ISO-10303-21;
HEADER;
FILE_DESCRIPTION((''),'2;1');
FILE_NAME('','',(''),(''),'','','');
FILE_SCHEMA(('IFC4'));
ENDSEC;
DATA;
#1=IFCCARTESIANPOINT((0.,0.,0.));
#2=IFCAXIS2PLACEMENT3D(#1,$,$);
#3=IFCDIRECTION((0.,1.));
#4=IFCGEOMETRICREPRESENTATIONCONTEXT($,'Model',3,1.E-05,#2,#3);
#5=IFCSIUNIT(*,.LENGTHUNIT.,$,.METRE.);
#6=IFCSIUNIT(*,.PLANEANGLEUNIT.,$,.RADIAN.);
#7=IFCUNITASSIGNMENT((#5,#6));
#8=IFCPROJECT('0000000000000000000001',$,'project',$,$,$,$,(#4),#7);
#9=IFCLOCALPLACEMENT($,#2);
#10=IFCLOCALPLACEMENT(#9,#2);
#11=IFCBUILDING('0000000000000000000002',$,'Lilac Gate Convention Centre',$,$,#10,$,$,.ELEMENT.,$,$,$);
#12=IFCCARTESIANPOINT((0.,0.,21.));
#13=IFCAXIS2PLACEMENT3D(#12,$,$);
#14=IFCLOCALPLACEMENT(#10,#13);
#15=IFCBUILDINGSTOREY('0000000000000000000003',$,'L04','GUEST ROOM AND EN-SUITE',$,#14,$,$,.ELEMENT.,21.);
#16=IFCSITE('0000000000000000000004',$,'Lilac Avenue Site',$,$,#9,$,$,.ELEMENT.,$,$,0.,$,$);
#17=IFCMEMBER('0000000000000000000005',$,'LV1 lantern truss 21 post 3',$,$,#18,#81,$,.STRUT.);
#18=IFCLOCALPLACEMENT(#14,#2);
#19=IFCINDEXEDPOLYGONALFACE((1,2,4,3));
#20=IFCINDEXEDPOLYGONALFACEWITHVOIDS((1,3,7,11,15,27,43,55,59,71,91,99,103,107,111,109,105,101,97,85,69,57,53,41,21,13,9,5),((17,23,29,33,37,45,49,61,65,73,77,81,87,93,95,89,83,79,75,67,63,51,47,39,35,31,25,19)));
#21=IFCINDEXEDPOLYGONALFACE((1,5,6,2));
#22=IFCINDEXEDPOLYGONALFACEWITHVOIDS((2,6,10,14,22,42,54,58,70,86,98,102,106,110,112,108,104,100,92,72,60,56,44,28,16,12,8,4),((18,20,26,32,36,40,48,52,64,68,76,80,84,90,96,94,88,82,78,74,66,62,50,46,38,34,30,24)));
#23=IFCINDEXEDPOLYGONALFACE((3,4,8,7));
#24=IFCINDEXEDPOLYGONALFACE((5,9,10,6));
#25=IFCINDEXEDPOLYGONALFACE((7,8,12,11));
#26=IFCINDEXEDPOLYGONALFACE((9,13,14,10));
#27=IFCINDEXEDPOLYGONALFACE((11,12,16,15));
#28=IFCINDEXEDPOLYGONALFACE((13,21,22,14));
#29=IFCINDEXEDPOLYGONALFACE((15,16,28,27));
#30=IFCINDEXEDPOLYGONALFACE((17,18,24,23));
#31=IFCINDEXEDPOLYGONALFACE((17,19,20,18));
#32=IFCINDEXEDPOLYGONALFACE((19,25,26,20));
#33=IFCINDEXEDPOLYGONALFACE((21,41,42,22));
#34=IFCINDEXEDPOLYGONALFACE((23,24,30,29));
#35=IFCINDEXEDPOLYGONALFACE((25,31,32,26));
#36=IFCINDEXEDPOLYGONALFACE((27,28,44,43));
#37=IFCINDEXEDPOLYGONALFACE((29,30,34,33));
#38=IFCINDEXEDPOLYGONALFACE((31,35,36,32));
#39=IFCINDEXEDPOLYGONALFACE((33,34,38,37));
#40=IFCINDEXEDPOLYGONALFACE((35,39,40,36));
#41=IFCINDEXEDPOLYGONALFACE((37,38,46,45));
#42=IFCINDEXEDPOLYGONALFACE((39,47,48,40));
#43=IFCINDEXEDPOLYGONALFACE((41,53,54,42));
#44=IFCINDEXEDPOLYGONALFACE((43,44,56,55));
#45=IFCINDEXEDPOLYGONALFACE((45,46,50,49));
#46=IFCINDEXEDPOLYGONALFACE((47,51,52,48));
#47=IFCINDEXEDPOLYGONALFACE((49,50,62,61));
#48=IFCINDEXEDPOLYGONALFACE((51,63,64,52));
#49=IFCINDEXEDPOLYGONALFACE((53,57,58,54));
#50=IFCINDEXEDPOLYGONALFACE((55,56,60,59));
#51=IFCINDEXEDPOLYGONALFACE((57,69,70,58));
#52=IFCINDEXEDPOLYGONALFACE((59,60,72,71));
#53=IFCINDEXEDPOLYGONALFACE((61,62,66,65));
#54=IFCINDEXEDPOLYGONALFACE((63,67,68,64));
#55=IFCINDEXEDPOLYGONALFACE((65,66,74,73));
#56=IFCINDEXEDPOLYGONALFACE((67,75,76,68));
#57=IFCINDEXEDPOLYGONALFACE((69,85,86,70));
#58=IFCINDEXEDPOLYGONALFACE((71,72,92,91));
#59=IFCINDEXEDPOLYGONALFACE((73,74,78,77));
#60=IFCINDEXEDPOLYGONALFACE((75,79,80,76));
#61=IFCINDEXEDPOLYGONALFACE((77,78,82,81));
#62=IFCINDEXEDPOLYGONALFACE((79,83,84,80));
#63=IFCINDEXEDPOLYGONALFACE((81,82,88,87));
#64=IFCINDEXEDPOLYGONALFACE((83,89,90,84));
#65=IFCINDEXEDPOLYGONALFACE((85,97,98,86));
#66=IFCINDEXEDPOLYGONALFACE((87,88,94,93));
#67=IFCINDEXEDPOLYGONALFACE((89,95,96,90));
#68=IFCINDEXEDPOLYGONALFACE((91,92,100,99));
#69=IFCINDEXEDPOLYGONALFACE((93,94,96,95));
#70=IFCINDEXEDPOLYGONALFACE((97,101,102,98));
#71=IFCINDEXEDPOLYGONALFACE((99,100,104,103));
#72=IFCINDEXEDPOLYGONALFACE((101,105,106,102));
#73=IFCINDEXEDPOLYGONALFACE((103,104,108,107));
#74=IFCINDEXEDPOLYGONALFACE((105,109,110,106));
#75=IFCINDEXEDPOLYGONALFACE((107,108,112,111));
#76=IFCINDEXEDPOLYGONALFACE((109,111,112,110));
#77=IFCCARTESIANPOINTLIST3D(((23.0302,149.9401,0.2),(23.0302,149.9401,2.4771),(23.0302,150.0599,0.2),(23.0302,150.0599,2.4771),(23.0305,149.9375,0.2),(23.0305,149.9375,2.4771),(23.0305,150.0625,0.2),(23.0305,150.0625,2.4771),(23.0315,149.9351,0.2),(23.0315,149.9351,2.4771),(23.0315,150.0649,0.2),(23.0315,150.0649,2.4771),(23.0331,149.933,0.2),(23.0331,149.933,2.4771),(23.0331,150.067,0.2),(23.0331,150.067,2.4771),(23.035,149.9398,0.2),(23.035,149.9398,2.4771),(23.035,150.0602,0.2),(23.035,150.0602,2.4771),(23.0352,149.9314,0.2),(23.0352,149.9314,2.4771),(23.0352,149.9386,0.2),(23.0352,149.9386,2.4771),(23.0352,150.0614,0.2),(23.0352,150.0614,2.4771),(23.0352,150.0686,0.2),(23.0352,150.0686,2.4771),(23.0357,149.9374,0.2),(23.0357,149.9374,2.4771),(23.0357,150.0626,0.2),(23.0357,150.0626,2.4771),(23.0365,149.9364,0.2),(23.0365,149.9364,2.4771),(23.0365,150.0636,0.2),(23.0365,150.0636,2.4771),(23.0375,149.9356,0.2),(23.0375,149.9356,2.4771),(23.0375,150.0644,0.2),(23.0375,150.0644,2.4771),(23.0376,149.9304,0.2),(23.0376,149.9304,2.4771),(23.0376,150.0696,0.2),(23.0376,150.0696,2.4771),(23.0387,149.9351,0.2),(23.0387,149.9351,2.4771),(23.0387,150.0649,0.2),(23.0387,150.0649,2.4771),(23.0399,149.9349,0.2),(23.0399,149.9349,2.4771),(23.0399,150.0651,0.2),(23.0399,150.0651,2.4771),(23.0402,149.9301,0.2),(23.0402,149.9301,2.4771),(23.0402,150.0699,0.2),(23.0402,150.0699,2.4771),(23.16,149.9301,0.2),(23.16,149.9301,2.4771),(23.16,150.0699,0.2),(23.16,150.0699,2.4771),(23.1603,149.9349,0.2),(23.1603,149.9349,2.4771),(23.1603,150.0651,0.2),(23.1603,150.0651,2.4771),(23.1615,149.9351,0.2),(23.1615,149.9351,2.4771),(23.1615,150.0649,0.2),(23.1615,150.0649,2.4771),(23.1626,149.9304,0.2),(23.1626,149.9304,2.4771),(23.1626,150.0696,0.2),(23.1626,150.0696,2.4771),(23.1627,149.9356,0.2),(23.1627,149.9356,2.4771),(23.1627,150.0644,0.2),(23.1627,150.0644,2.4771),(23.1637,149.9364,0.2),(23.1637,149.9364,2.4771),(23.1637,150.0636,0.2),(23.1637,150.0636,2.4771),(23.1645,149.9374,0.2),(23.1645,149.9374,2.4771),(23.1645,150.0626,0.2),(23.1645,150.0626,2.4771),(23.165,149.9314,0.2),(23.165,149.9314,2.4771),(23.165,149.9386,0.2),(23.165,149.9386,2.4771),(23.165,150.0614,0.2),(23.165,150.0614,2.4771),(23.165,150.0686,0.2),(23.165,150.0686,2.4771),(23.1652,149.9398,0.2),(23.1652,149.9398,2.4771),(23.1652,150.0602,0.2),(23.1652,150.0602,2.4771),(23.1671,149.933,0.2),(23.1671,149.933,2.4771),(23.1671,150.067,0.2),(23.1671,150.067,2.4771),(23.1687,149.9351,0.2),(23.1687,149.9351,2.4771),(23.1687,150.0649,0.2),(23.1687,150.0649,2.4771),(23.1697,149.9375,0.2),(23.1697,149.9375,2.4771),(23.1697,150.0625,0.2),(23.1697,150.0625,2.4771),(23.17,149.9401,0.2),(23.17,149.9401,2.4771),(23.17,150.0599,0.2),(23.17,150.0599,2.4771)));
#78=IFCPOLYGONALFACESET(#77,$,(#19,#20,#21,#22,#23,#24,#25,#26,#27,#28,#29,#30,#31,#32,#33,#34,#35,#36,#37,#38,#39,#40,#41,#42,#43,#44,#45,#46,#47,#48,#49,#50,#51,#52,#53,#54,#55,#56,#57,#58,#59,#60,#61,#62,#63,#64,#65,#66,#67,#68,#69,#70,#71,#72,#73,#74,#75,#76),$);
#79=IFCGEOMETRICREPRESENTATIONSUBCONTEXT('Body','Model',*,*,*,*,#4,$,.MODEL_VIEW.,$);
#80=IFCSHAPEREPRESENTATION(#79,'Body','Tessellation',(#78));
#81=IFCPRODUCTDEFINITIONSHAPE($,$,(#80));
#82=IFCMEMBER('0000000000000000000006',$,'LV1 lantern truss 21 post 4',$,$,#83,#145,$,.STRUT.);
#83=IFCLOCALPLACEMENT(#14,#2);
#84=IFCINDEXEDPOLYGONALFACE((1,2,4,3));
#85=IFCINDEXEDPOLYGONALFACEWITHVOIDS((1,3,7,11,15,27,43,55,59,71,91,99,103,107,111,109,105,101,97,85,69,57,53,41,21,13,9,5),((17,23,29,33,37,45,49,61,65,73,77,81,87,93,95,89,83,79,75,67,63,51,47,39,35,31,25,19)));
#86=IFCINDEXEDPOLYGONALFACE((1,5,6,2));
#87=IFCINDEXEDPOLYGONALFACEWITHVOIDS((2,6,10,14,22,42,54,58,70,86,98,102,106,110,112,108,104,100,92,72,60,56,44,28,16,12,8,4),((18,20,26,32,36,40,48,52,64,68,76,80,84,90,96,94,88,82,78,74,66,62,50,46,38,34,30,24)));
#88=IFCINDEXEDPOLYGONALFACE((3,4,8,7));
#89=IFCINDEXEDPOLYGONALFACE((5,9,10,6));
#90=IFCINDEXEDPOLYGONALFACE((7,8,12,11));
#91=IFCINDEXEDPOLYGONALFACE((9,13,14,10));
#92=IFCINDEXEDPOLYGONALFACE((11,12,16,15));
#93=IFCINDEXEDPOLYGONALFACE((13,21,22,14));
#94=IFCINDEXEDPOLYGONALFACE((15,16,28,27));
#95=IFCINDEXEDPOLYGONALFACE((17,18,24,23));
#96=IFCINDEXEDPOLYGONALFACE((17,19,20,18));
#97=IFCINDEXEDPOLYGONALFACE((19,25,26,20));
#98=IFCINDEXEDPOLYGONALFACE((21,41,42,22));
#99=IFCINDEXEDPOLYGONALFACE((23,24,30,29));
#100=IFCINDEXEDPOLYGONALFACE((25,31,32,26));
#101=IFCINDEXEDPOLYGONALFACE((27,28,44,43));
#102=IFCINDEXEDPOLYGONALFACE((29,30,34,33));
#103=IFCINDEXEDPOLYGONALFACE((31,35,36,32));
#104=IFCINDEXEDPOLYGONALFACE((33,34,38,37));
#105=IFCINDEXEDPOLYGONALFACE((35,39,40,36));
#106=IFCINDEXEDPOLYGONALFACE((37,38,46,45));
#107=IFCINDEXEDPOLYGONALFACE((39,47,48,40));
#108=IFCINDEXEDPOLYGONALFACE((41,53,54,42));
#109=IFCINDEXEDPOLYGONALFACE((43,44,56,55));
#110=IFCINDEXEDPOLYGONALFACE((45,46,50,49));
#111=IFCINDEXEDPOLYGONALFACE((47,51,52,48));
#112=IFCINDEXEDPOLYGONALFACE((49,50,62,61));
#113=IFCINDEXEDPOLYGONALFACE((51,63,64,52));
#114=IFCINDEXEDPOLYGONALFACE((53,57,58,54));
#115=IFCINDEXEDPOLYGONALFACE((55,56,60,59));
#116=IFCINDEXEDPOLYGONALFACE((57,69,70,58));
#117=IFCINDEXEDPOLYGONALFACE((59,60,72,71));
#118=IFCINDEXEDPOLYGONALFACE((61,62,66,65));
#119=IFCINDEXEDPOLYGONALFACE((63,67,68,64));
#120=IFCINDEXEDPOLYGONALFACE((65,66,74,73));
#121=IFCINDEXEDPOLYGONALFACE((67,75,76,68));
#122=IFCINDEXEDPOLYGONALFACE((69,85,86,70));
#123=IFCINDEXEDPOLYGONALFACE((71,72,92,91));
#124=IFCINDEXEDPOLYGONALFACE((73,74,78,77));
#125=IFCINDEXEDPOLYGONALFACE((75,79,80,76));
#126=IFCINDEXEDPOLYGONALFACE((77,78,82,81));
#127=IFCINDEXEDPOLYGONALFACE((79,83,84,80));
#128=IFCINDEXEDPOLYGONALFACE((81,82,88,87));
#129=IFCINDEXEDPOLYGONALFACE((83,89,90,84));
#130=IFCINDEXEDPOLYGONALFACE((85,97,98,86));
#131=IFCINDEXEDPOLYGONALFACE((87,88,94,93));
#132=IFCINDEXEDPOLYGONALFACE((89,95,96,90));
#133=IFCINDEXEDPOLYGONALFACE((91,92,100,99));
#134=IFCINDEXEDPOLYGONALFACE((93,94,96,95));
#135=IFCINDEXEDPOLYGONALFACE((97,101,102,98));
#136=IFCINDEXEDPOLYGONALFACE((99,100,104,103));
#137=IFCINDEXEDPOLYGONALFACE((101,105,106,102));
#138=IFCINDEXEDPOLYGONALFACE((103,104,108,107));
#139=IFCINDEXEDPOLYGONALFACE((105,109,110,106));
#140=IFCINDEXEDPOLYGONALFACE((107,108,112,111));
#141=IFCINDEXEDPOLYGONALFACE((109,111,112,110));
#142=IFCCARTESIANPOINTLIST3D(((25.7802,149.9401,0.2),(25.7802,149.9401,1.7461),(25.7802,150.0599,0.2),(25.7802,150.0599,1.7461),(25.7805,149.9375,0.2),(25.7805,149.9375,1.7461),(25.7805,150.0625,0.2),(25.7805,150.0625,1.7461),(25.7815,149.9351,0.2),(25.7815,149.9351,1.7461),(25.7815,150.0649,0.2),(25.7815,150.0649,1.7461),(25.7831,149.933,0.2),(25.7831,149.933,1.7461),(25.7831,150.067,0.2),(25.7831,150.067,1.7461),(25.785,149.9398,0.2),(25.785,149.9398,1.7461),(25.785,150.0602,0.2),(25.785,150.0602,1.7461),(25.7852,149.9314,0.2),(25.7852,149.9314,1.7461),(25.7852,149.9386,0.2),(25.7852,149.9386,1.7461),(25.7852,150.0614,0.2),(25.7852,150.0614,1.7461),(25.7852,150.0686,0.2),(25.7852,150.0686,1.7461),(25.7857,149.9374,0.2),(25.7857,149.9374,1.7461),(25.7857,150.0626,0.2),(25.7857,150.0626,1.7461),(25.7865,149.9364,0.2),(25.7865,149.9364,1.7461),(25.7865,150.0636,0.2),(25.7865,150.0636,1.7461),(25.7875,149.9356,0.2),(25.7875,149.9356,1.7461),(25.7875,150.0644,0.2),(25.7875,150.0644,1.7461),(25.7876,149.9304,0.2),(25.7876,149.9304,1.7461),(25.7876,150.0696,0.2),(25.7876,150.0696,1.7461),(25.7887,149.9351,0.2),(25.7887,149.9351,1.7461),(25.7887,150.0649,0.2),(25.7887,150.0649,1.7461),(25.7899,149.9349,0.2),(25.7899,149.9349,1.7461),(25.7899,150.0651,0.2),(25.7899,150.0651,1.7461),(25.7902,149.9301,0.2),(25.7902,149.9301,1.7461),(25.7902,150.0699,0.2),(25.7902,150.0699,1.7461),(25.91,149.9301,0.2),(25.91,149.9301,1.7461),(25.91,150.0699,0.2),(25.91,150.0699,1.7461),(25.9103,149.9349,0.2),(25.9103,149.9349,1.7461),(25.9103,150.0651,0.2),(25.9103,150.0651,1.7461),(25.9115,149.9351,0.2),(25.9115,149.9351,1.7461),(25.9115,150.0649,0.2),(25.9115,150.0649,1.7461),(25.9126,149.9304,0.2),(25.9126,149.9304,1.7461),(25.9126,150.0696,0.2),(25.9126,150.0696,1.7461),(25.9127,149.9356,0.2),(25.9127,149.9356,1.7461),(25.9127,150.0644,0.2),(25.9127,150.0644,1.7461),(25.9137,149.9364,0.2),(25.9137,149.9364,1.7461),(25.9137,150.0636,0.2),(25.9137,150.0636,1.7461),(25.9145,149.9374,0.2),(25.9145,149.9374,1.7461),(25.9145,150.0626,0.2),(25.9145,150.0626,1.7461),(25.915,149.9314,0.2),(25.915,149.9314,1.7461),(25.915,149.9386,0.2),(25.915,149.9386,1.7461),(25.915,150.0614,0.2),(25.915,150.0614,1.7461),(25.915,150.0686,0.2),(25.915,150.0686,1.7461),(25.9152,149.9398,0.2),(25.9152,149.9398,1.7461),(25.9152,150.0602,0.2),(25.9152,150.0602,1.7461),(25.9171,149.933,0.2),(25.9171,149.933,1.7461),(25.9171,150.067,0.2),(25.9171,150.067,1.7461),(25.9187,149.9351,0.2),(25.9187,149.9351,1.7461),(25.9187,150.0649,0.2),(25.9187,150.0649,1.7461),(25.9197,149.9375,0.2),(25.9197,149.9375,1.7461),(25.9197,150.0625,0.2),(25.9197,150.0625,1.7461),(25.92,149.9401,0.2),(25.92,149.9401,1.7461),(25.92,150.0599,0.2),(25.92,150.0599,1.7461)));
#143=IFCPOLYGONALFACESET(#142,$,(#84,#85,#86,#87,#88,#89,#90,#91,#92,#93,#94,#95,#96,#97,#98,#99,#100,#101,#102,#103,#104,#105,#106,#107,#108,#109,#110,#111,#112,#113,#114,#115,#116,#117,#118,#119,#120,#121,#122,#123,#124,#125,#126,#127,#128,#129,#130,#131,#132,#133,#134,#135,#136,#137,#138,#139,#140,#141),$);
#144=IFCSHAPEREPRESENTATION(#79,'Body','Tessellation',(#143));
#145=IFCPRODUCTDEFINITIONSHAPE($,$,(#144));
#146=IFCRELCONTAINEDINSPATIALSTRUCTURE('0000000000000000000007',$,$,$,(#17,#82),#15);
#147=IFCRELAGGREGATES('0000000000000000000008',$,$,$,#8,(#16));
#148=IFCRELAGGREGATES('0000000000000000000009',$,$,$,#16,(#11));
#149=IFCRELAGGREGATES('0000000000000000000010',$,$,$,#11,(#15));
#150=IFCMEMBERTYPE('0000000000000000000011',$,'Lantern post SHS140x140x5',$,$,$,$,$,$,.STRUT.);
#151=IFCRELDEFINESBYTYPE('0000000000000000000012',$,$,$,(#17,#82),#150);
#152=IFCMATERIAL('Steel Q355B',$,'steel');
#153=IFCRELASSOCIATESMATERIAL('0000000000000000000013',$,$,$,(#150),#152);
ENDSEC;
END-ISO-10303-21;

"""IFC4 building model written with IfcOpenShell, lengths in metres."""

from ifc_helpers import new_model, si_unit, direction, frame, origin, origin_2d, place, context, subcontext, project, spatial, hollow_rectangle, extrude, material, material_profile, profile_set, type_object, element, save


model = new_model("IFC4")

# Units and contexts
model_context = context("Model", 3, precision=1e-05, world=origin(), true_north=direction((0.0, 1.0)))
body_context = subcontext(model_context, "Body", "Model", "MODEL_VIEW")
ifc_project = project(units=[si_unit("LENGTHUNIT", "METRE"), si_unit("PLANEANGLEUNIT", "RADIAN")], contexts=[model_context])

# Site, building, storey
site_placement = place(None, origin())
site = spatial("IfcSite", under=ifc_project, at=site_placement, Name="Lilac Avenue Site", CompositionType="ELEMENT", RefElevation=0.0)
building_placement = place(site_placement, origin())
building = spatial("IfcBuilding", under=site, at=building_placement, Name="Lilac Gate Convention Centre", CompositionType="ELEMENT")
storey_placement = place(building_placement, frame((0.0, 0.0, 21.0)))
storey = spatial("IfcBuildingStorey", under=building, at=storey_placement, Name="L04", Description="GUEST ROOM AND EN-SUITE", CompositionType="ELEMENT", Elevation=21.0)

# Members
ifc_material_1 = material(Name="Steel Q355B", Category="steel")
ifc_material_profile_1 = material_profile(ifc_material_1, hollow_rectangle(XDim=0.1399, YDim=0.1399, WallThickness=0.0049, InnerFilletRadius=0.0049, OuterFilletRadius=0.01, at=origin_2d()), Name="SHS140x140x5")
ifc_profile_set_1 = profile_set([ifc_material_profile_1], Name="Steel Q355B")
member_type_1 = type_object("IfcMemberType", Name="Lantern post SHS140x140x5", PredefinedType="STRUT", material=ifc_profile_set_1)
member_1_placement = place(storey_placement, frame((23.1001, 150.0, 0.2), z_axis=(0.0, 0.0, 1.0), x_axis=(1.0, 0.0, 0.0)))
element("IfcMember", 1, at=member_1_placement, inside=storey, type_object=member_type_1, Name="LV1 lantern truss 21 post 3", PredefinedType="STRUT", context=body_context, shape_type="SweptSolid", body=[
    extrude(hollow_rectangle(XDim=0.1399, YDim=0.1399, WallThickness=0.0049, InnerFilletRadius=0.0049, OuterFilletRadius=0.01, at=origin_2d()), origin(), (0.0, 0.0, 1.0), 2.2771),
])
member_2_placement = place(storey_placement, frame((25.8501, 150.0, 0.2), z_axis=(0.0, 0.0, 1.0), x_axis=(1.0, 0.0, 0.0)))
element("IfcMember", 2, at=member_2_placement, inside=storey, type_object=member_type_1, Name="LV1 lantern truss 21 post 4", PredefinedType="STRUT", context=body_context, shape_type="SweptSolid", body=[
    extrude(hollow_rectangle(XDim=0.1399, YDim=0.1399, WallThickness=0.0049, InnerFilletRadius=0.0049, OuterFilletRadius=0.01, at=origin_2d()), origin(), (0.0, 0.0, 1.0), 1.5461),
])

save(model, "model.ifc")
